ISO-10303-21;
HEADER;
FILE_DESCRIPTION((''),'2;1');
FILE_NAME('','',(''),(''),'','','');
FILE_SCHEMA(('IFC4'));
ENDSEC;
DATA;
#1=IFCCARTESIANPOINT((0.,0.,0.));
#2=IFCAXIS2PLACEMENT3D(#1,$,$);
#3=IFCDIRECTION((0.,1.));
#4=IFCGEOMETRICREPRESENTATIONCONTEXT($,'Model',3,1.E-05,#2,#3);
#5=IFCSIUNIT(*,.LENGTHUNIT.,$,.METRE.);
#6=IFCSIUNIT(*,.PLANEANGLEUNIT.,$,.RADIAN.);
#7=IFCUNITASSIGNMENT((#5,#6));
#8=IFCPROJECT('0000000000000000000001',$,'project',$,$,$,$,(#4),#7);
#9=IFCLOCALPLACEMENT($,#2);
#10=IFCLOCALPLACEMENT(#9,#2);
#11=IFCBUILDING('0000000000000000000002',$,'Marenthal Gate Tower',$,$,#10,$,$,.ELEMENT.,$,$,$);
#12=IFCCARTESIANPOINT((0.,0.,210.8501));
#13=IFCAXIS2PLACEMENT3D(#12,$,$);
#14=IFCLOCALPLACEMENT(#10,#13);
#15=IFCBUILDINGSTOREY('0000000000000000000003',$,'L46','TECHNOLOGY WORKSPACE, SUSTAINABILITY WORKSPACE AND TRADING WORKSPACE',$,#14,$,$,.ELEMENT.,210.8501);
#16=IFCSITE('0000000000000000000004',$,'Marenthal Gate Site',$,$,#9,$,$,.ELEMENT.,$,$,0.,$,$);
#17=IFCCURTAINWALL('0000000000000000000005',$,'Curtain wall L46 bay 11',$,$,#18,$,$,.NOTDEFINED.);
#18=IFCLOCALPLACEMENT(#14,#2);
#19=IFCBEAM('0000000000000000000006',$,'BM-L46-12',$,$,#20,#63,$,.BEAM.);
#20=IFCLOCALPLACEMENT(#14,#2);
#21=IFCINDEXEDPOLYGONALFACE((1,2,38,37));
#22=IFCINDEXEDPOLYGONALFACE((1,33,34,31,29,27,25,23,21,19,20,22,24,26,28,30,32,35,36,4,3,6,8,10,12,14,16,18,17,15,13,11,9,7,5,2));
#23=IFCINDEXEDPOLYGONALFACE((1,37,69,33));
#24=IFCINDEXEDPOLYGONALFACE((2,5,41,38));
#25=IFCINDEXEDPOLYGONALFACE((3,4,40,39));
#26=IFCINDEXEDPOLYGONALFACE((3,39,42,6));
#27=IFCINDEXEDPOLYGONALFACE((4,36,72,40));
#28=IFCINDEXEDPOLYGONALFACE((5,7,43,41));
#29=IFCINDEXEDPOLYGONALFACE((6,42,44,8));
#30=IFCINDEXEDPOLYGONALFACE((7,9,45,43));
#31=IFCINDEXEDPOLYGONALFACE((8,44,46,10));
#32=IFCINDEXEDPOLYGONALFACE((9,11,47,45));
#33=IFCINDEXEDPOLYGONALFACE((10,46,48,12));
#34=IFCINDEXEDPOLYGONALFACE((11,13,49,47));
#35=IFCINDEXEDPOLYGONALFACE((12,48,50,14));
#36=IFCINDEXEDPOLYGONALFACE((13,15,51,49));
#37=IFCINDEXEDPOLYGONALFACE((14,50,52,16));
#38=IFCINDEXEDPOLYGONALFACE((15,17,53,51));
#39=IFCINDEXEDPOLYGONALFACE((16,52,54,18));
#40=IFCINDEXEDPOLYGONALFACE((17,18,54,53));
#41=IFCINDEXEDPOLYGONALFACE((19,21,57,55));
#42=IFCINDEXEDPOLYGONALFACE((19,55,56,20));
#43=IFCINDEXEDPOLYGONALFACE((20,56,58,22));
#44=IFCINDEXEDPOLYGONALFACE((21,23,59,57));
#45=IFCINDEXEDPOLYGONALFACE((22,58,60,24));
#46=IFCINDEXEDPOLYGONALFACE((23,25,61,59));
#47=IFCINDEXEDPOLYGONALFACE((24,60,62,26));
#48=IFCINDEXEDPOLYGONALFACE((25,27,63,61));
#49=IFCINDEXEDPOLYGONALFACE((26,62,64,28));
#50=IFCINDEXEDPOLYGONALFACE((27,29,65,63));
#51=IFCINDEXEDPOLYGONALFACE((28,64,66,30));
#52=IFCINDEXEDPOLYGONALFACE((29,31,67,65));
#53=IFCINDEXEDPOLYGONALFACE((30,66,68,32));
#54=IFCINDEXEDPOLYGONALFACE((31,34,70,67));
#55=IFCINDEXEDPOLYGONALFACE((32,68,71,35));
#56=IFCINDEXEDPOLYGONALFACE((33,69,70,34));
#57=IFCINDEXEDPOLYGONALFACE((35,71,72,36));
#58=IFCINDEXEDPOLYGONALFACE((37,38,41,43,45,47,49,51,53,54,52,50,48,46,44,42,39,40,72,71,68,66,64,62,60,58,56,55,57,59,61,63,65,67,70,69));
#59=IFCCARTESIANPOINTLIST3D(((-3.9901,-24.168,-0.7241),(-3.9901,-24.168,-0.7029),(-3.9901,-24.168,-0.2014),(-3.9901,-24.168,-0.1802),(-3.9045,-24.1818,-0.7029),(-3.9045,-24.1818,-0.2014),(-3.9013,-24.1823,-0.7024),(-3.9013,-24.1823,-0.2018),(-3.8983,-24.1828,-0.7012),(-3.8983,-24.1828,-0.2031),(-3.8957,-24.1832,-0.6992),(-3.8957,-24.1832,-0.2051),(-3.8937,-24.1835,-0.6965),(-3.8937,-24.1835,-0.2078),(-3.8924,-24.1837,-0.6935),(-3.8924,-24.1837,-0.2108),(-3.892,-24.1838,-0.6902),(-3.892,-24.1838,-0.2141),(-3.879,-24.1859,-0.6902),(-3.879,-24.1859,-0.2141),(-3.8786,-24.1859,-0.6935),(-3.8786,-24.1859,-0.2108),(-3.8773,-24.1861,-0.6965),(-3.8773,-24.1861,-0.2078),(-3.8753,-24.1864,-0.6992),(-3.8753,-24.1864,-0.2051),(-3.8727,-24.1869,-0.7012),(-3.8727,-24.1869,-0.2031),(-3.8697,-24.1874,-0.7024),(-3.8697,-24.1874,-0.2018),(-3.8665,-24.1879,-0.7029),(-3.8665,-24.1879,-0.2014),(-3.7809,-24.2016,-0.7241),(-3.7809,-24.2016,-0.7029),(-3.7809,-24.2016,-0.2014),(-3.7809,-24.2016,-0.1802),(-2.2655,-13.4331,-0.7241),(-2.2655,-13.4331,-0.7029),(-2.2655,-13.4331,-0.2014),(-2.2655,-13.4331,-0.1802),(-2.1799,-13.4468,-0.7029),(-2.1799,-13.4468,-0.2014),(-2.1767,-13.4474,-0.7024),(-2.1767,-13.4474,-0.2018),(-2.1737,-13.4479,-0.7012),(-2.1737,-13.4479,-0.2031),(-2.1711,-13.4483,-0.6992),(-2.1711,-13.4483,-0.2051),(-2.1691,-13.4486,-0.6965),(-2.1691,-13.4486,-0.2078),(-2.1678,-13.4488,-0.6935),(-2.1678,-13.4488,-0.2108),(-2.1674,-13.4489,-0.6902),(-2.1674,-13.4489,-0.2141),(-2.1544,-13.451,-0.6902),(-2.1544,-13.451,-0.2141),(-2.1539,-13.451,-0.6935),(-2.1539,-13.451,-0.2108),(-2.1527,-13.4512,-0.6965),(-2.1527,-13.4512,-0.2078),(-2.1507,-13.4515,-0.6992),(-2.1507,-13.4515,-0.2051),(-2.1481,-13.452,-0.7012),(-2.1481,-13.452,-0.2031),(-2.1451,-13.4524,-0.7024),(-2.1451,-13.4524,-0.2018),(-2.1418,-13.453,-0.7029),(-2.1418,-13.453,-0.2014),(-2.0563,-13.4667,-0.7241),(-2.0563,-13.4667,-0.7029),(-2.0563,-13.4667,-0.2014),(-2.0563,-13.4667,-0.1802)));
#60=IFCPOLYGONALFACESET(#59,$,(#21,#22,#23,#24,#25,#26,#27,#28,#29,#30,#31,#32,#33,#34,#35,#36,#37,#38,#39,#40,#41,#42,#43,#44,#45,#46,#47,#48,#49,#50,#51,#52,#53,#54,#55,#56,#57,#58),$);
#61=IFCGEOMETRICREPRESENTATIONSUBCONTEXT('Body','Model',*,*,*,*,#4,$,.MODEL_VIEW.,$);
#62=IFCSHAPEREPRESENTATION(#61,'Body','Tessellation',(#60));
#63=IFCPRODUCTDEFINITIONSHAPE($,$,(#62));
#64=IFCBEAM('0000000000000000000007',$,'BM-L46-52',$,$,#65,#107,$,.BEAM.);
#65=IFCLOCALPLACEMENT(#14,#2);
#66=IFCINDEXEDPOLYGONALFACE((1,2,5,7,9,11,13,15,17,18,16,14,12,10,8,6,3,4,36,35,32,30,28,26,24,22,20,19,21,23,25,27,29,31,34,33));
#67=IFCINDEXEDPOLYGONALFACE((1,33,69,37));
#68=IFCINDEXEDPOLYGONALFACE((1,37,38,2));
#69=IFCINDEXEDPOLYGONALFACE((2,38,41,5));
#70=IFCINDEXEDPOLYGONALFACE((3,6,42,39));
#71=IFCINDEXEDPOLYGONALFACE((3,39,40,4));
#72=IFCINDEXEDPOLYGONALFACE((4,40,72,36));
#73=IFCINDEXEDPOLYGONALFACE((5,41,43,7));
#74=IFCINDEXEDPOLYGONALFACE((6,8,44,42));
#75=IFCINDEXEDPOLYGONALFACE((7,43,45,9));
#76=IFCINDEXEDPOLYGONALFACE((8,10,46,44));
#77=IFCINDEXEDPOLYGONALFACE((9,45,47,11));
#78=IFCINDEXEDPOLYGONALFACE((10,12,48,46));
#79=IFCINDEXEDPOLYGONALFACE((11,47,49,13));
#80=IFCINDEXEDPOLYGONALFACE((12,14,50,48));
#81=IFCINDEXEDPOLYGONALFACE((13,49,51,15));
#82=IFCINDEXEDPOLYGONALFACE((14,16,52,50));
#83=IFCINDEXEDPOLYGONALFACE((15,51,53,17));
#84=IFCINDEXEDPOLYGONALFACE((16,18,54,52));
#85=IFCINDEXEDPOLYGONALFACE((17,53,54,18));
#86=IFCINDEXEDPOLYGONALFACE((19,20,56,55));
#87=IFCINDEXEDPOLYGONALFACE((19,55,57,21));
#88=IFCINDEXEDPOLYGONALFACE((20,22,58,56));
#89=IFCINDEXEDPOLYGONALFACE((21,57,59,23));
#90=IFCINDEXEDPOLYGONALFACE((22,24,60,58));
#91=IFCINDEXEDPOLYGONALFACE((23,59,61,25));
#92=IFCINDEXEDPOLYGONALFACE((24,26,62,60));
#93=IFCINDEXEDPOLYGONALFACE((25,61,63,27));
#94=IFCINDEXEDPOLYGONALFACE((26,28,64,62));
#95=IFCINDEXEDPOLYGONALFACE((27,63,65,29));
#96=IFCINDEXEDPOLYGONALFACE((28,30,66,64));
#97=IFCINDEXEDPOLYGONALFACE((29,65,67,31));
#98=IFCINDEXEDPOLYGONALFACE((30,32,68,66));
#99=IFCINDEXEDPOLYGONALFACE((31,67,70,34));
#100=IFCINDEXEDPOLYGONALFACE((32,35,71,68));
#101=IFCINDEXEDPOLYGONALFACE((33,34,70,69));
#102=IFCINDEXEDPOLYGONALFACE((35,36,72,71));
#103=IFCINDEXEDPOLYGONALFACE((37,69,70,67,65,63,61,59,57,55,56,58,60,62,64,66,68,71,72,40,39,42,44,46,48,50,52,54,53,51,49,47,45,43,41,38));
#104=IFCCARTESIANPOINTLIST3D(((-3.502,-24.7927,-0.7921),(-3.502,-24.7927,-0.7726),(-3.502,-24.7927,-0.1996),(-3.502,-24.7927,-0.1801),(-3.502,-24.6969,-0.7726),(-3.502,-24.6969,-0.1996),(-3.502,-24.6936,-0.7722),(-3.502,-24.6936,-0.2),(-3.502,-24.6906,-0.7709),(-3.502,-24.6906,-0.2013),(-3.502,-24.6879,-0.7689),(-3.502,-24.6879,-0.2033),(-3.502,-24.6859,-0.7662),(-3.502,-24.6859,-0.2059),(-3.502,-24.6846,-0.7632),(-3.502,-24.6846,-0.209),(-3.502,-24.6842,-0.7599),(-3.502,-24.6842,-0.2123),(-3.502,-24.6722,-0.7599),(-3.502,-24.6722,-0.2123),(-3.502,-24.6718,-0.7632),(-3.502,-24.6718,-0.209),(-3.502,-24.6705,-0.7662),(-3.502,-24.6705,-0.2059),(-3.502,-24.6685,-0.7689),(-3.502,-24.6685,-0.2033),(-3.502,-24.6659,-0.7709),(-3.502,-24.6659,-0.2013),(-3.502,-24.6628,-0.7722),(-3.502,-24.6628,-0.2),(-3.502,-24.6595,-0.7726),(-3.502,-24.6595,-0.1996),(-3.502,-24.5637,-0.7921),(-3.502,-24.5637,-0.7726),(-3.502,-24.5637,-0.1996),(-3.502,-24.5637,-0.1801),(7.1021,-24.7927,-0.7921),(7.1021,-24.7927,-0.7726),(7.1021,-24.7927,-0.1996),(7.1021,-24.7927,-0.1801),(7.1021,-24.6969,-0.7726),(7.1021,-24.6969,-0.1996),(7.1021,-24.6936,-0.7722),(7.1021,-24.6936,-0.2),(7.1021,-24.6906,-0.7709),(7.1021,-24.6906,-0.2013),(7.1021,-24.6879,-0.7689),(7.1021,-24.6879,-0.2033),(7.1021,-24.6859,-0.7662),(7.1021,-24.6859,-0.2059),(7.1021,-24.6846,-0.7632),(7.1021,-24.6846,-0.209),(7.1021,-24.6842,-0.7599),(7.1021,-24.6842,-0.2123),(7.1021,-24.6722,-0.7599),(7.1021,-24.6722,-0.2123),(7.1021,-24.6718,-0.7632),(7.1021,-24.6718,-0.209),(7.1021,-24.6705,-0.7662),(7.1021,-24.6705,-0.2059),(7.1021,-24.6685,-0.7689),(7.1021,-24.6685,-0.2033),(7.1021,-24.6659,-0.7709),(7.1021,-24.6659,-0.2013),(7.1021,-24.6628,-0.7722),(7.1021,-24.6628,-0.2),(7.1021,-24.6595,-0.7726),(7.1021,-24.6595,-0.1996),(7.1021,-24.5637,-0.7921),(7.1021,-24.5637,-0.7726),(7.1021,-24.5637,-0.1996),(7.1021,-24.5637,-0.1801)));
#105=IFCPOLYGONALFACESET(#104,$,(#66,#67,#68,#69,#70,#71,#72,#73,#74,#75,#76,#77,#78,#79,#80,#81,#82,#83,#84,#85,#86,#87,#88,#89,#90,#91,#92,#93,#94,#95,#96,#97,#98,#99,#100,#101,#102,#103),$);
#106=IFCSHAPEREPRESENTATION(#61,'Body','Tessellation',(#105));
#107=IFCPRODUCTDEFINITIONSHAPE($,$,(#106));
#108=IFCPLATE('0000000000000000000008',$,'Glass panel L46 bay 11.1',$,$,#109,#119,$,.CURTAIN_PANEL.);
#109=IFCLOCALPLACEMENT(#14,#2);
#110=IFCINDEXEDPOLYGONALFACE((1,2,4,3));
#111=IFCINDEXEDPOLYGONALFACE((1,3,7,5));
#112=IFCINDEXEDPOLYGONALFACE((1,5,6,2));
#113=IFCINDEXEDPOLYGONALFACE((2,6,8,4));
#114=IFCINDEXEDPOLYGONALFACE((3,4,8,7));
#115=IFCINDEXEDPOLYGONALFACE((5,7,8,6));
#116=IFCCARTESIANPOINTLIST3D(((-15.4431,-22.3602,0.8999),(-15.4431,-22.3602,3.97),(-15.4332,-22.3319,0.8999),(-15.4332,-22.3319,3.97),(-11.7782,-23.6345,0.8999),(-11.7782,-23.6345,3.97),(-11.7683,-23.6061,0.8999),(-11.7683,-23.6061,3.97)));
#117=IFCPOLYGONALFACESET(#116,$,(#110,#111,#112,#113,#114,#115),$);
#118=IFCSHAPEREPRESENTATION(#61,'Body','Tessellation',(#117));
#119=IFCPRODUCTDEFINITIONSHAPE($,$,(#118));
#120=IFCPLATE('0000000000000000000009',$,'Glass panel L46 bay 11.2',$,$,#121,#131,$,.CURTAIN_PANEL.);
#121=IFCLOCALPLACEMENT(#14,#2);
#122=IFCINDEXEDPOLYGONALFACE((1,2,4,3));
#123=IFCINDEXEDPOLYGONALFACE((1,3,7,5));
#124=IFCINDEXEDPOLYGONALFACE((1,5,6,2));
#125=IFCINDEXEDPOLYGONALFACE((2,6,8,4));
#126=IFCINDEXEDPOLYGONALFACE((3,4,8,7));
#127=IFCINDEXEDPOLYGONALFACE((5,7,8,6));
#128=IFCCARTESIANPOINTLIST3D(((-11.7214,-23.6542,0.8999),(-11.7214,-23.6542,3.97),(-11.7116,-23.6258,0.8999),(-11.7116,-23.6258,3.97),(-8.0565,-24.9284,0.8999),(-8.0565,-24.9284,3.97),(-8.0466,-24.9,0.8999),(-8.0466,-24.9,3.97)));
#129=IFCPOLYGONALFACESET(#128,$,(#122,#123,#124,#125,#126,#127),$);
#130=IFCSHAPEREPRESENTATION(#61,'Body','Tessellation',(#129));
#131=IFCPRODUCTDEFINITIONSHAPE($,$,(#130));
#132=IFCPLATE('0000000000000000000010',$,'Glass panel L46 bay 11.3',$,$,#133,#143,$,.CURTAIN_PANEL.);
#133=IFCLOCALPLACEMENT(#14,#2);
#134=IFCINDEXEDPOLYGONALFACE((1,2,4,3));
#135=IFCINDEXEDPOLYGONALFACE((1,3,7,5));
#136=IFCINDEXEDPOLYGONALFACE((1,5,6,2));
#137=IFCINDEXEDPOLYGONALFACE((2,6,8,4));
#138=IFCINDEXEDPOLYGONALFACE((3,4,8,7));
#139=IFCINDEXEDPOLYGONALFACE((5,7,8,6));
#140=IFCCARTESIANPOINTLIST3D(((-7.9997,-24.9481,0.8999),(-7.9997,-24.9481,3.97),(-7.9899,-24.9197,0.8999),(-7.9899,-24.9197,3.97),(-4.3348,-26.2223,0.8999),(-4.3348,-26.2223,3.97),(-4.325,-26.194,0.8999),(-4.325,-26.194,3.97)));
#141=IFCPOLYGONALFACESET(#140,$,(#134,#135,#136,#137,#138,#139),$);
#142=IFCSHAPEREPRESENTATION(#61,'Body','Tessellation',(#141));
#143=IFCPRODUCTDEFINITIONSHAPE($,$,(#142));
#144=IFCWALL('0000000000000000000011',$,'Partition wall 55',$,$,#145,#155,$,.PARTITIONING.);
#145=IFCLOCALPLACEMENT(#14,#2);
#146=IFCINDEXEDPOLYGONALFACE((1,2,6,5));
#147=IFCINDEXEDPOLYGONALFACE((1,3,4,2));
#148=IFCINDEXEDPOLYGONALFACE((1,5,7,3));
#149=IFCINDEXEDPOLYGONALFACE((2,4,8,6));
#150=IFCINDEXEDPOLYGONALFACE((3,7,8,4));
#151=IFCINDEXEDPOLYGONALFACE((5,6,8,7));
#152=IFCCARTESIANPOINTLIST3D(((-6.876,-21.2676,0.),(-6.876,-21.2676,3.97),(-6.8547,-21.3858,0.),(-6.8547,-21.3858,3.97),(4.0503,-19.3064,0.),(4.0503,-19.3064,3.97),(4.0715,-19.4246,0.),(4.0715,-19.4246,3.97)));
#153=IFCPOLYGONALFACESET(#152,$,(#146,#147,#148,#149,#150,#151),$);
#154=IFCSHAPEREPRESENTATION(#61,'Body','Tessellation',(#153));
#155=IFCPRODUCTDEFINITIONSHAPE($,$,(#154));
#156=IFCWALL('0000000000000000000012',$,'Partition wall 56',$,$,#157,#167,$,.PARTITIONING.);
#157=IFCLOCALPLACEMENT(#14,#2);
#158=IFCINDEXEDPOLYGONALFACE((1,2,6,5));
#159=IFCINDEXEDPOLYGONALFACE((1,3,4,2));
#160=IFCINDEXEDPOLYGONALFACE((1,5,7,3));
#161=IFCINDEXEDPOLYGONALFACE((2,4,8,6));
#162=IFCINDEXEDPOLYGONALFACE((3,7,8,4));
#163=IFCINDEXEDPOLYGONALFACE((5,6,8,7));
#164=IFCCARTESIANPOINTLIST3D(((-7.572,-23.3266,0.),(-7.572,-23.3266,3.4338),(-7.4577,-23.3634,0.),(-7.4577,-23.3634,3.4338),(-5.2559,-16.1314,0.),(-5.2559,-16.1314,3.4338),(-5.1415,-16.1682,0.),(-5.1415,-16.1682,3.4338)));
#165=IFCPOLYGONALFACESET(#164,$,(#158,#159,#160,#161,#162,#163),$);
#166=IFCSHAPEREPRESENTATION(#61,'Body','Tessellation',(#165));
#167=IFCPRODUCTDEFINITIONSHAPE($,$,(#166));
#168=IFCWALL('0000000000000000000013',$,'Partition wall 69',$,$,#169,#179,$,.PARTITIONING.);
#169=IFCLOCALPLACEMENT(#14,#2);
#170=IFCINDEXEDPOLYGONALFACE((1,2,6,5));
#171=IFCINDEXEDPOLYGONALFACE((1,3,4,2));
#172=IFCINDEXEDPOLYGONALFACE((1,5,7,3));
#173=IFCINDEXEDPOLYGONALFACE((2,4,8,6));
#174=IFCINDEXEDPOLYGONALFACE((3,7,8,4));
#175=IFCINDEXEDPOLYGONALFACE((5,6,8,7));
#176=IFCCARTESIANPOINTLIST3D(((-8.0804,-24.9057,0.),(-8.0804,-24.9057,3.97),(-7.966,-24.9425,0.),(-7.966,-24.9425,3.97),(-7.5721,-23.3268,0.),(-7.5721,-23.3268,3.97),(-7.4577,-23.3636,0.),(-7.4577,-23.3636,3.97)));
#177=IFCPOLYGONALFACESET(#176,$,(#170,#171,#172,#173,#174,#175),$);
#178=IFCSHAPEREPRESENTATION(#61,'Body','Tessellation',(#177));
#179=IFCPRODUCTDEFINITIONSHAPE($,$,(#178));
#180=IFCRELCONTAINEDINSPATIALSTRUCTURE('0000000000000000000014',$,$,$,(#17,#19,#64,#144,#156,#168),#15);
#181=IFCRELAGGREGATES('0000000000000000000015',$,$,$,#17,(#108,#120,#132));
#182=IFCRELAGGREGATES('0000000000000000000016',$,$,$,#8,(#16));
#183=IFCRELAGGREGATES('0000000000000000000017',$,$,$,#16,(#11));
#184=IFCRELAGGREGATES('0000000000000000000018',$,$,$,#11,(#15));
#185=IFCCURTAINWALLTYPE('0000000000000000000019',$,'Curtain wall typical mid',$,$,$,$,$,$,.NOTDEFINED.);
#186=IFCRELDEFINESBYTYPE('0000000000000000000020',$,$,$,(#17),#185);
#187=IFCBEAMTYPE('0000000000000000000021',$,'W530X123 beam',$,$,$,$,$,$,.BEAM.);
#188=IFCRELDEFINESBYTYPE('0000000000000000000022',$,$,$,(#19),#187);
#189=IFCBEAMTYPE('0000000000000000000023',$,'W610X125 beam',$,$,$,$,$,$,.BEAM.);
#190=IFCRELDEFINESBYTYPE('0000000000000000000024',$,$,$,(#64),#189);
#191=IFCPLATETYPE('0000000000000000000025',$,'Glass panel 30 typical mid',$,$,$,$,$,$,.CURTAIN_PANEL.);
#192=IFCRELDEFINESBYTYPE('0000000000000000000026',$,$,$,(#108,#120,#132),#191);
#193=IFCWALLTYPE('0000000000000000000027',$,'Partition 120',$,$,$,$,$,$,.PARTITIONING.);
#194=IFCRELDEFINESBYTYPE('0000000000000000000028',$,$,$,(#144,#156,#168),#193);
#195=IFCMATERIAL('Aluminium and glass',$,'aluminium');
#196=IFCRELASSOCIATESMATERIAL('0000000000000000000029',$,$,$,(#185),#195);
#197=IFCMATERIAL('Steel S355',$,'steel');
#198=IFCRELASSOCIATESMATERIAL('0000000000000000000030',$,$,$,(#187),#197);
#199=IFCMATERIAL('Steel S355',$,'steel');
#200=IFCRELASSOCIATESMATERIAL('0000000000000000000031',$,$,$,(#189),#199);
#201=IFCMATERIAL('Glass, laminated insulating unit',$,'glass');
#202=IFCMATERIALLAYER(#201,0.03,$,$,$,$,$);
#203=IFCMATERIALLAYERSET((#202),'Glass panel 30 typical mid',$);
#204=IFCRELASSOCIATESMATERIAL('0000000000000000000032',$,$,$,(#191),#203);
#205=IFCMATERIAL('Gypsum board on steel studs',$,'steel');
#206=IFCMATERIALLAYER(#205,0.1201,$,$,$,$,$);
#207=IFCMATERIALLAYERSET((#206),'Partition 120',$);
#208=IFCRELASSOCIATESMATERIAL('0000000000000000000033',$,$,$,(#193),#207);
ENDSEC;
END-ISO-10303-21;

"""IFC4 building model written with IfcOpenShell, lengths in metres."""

from ifc_helpers import new_model, si_unit, direction, frame, frame_2d, origin, origin_2d, place, context, subcontext, project, spatial, rectangle, i_section, extrude, material, layer, layer_set, material_profile, profile_set, type_object, element, aggregate, save


model = new_model("IFC4")

# Units and contexts
model_context = context("Model", 3, precision=1e-05, world=origin(), true_north=direction((0.0, 1.0)))
body_context = subcontext(model_context, "Body", "Model", "MODEL_VIEW")
ifc_project = project(units=[si_unit("LENGTHUNIT", "METRE"), si_unit("PLANEANGLEUNIT", "RADIAN")], contexts=[model_context])

# Site, building, storey
site_placement = place(None, origin())
site = spatial("IfcSite", under=ifc_project, at=site_placement, Name="Marenthal Gate Site", CompositionType="ELEMENT", RefElevation=0.0)
building_placement = place(site_placement, origin())
building = spatial("IfcBuilding", under=site, at=building_placement, Name="Marenthal Gate Tower", CompositionType="ELEMENT")
storey_placement = place(building_placement, frame((0.0, 0.0, 210.8501)))
storey = spatial("IfcBuildingStorey", under=building, at=storey_placement, Name="L46", Description="TECHNOLOGY WORKSPACE, SUSTAINABILITY WORKSPACE AND TRADING WORKSPACE", CompositionType="ELEMENT", Elevation=210.8501)

# Curtain wall
ifc_material_1 = material(Name="Aluminium and glass", Category="aluminium")
curtain_wall_type = type_object("IfcCurtainWallType", Name="Curtain wall typical mid", PredefinedType="NOTDEFINED", material=ifc_material_1)
curtain_wall_placement = place(storey_placement, origin())
curtain_wall = element("IfcCurtainWall", 1, at=curtain_wall_placement, inside=storey, type_object=curtain_wall_type, Name="Curtain wall L46 bay 11", PredefinedType="NOTDEFINED")

# Beams
ifc_material_2 = material(Name="Steel S355", Category="steel")
ifc_material_profile_1 = material_profile(ifc_material_2, i_section(OverallWidth=0.2119, OverallDepth=0.5439, WebThickness=0.0132, FlangeThickness=0.0212, FilletRadius=0.0127, at=origin_2d()), Name="W530X123")
ifc_profile_set_1 = profile_set([ifc_material_profile_1], Name="Steel S355")
beam_type_1 = type_object("IfcBeamType", Name="W530X123 beam", PredefinedType="BEAM", material=ifc_profile_set_1)
beam_1_placement = place(storey_placement, frame((-3.8855, -24.1848, -0.4521), z_axis=(0.158621, 0.98734, 0.0), x_axis=(-0.98734, 0.158621, 0.0)))
element("IfcBeam", 2, at=beam_1_placement, inside=storey, type_object=beam_type_1, Name="BM-L46-12", PredefinedType="BEAM", context=body_context, shape_type="SweptSolid", body=[
    extrude(i_section(OverallWidth=0.2119, OverallDepth=0.5439, WebThickness=0.0132, FlangeThickness=0.0212, FilletRadius=0.0127, at=origin_2d()), origin(), (0.0, 0.0, 1.0), 10.8726),
])
ifc_material_3 = material(Name="Steel S355", Category="steel")
ifc_material_profile_2 = material_profile(ifc_material_3, i_section(OverallWidth=0.229, OverallDepth=0.6121, WebThickness=0.012, FlangeThickness=0.0195, FilletRadius=0.0127, at=origin_2d()), Name="W610X125")
ifc_profile_set_2 = profile_set([ifc_material_profile_2], Name="Steel S355")
beam_type_2 = type_object("IfcBeamType", Name="W610X125 beam", PredefinedType="BEAM", material=ifc_profile_set_2)
beam_2_placement = place(storey_placement, frame((-3.502, -24.6782, -0.4861), z_axis=(1.0, 0.0, 0.0), x_axis=(0.0, 1.0, 0.0)))
element("IfcBeam", 3, at=beam_2_placement, inside=storey, type_object=beam_type_2, Name="BM-L46-52", PredefinedType="BEAM", context=body_context, shape_type="SweptSolid", body=[
    extrude(i_section(OverallWidth=0.229, OverallDepth=0.6121, WebThickness=0.012, FlangeThickness=0.0195, FilletRadius=0.0127, at=origin_2d()), origin(), (0.0, 0.0, 1.0), 10.604),
])

# Plates
ifc_material_4 = material(Name="Glass, laminated insulating unit", Category="glass")
ifc_layer_1 = layer(ifc_material_4, 0.03)
ifc_layer_set_1 = layer_set([ifc_layer_1], Name="Glass panel 30 typical mid")
plate_type = type_object("IfcPlateType", Name="Glass panel 30 typical mid", PredefinedType="CURTAIN_PANEL", material=ifc_layer_set_1)
plate_1_placement = place(storey_placement, frame((-13.6057, -22.9832, 0.8999), z_axis=(0.0, 0.0, 1.0), x_axis=(0.944539, -0.3284, 0.0)))
plate_1 = element("IfcPlate", 4, at=plate_1_placement, type_object=plate_type, Name="Glass panel L46 bay 11.1", PredefinedType="CURTAIN_PANEL", context=body_context, shape_type="SweptSolid", body=[
    extrude(rectangle(XDim=3.8801, YDim=0.03, at=origin_2d()), origin(), (0.0, 0.0, 1.0), 3.0701),
])
plate_2_placement = place(storey_placement, frame((-9.884, -24.2771, 0.8999), z_axis=(0.0, 0.0, 1.0), x_axis=(0.944539, -0.3284, 0.0)))
plate_2 = element("IfcPlate", 5, at=plate_2_placement, type_object=plate_type, Name="Glass panel L46 bay 11.2", PredefinedType="CURTAIN_PANEL", context=body_context, shape_type="SweptSolid", body=[
    extrude(rectangle(XDim=3.8801, YDim=0.03, at=origin_2d()), origin(), (0.0, 0.0, 1.0), 3.0701),
])
plate_3_placement = place(storey_placement, frame((-6.1624, -25.571, 0.8999), z_axis=(0.0, 0.0, 1.0), x_axis=(0.944539, -0.3284, 0.0)))
plate_3 = element("IfcPlate", 6, at=plate_3_placement, type_object=plate_type, Name="Glass panel L46 bay 11.3", PredefinedType="CURTAIN_PANEL", context=body_context, shape_type="SweptSolid", body=[
    extrude(rectangle(XDim=3.8801, YDim=0.03, at=origin_2d()), origin(), (0.0, 0.0, 1.0), 3.0701),
])
aggregate(curtain_wall, [plate_1, plate_2, plate_3])

# Walls
ifc_material_5 = material(Name="Gypsum board on steel studs", Category="steel")
ifc_layer_2 = layer(ifc_material_5, 0.1201)
ifc_layer_set_2 = layer_set([ifc_layer_2], Name="Partition 120")
wall_type_1 = type_object("IfcWallType", Name="Partition 120", PredefinedType="PARTITIONING", material=ifc_layer_set_2)
wall_1_placement = place(storey_placement, frame((-6.8652, -21.3267, 0.0), z_axis=(0.0, 0.0, 1.0), x_axis=(0.98427, 0.176669, 0.0)))
element("IfcWall", 7, at=wall_1_placement, inside=storey, type_object=wall_type_1, Name="Partition wall 55", PredefinedType="PARTITIONING", context=body_context, shape_type="SweptSolid", body=[
    extrude(rectangle(XDim=11.1008, YDim=0.1201, at=frame_2d((5.5503, 0.0))), origin(), (0.0, 0.0, 1.0), 3.97),
])
wall_2_placement = place(storey_placement, frame((-5.1987, -16.1499, 0.0), z_axis=(0.0, 0.0, 1.0), x_axis=(-0.306415, -0.951898, 0.0)))
element("IfcWall", 8, at=wall_2_placement, inside=storey, type_object=wall_type_1, Name="Partition wall 56", PredefinedType="PARTITIONING", context=body_context, shape_type="SweptSolid", body=[
    extrude(rectangle(XDim=7.5588, YDim=0.1201, at=frame_2d((3.7793, 0.0))), origin(), (0.0, 0.0, 1.0), 3.4338),
])
wall_3_placement = place(storey_placement, frame((-7.5149, -23.3452, 0.0), z_axis=(0.0, 0.0, 1.0), x_axis=(-0.306452, -0.951886, 0.0)))
element("IfcWall", 9, at=wall_3_placement, inside=storey, type_object=wall_type_1, Name="Partition wall 69", PredefinedType="PARTITIONING", context=body_context, shape_type="SweptSolid", body=[
    extrude(rectangle(XDim=1.6587, YDim=0.1201, at=frame_2d((0.8293, 0.0))), origin(), (0.0, 0.0, 1.0), 3.97),
])

save(model, "model.ifc")
